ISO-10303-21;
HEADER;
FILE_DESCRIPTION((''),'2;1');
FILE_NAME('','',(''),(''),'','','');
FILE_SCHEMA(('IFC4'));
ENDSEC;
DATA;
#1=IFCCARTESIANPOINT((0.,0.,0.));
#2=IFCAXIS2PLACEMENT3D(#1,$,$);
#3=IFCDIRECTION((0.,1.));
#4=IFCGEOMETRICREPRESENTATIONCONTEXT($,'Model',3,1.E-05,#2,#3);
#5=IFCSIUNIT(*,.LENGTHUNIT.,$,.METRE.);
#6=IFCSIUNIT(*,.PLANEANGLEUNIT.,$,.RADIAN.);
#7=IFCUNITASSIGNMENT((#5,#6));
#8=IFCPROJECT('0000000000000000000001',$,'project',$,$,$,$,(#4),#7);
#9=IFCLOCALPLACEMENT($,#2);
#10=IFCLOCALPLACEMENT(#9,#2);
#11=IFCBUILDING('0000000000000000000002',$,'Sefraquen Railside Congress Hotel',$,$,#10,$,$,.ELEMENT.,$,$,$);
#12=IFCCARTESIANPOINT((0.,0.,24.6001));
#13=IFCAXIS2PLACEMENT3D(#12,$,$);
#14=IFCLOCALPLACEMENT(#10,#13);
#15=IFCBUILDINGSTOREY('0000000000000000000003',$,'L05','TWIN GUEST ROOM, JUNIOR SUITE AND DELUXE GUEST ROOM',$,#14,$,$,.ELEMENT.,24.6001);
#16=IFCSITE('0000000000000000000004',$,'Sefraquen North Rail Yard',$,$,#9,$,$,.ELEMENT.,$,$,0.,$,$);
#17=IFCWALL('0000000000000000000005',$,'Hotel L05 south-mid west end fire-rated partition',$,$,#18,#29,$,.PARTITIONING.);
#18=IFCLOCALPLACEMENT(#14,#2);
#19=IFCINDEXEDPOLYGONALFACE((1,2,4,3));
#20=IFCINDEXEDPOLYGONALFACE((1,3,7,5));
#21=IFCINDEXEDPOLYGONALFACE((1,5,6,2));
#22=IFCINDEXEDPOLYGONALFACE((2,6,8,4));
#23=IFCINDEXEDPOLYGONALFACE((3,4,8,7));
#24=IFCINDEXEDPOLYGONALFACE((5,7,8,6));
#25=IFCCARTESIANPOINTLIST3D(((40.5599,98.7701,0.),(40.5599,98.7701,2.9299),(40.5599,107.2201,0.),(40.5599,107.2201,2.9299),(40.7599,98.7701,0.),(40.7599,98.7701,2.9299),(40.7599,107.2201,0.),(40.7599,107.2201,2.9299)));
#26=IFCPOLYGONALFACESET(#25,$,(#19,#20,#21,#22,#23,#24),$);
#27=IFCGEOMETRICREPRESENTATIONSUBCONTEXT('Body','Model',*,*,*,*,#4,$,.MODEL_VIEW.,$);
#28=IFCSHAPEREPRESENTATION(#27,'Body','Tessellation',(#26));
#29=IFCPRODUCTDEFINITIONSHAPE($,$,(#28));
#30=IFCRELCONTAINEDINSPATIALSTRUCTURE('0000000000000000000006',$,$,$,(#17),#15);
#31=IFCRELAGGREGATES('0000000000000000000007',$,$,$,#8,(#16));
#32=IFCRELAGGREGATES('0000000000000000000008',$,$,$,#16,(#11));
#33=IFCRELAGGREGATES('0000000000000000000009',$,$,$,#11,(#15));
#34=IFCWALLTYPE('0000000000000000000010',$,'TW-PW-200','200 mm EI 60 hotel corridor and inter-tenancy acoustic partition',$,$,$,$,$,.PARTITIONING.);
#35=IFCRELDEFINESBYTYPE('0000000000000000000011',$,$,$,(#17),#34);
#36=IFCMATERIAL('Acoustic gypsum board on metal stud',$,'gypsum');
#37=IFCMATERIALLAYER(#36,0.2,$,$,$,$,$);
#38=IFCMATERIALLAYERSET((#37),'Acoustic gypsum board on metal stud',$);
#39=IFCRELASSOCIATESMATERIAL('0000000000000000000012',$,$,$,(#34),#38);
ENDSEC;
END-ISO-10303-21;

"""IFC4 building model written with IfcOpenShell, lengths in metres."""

from ifc_helpers import new_model, si_unit, direction, frame, frame_2d, origin, place, context, subcontext, project, spatial, rectangle, extrude, material, layer, layer_set, type_object, element, save


model = new_model("IFC4")

# Units and contexts
model_context = context("Model", 3, precision=1e-05, world=origin(), true_north=direction((0.0, 1.0)))
body_context = subcontext(model_context, "Body", "Model", "MODEL_VIEW")
ifc_project = project(units=[si_unit("LENGTHUNIT", "METRE"), si_unit("PLANEANGLEUNIT", "RADIAN")], contexts=[model_context])

# Site, building, storey
site_placement = place(None, origin())
site = spatial("IfcSite", under=ifc_project, at=site_placement, Name="Sefraquen North Rail Yard", CompositionType="ELEMENT", RefElevation=0.0)
building_placement = place(site_placement, origin())
building = spatial("IfcBuilding", under=site, at=building_placement, Name="Sefraquen Railside Congress Hotel", CompositionType="ELEMENT")
storey_placement = place(building_placement, frame((0.0, 0.0, 24.6001)))
storey = spatial("IfcBuildingStorey", under=building, at=storey_placement, Name="L05", Description="TWIN GUEST ROOM, JUNIOR SUITE AND DELUXE GUEST ROOM", CompositionType="ELEMENT", Elevation=24.6001)

# Wall
ifc_material_1 = material(Name="Acoustic gypsum board on metal stud", Category="gypsum")
ifc_layer_1 = layer(ifc_material_1, 0.2)
ifc_layer_set_1 = layer_set([ifc_layer_1], Name="Acoustic gypsum board on metal stud")
wall_type_1 = type_object("IfcWallType", Name="TW-PW-200", Description="200 mm EI 60 hotel corridor and inter-tenancy acoustic partition", PredefinedType="PARTITIONING", material=ifc_layer_set_1)
wall_1_placement = place(storey_placement, frame((40.6599, 98.77, 0.0), z_axis=(0.0, 0.0, 1.0), x_axis=(0.0, 1.0, 0.0)))
element("IfcWall", 1, at=wall_1_placement, inside=storey, type_object=wall_type_1, Name="Hotel L05 south-mid west end fire-rated partition", PredefinedType="PARTITIONING", context=body_context, shape_type="SweptSolid", body=[
    extrude(rectangle(XDim=8.45, YDim=0.2, at=frame_2d((4.2251, 0.0))), origin(), (0.0, 0.0, 1.0), 2.9299),
])

save(model, "model.ifc")
